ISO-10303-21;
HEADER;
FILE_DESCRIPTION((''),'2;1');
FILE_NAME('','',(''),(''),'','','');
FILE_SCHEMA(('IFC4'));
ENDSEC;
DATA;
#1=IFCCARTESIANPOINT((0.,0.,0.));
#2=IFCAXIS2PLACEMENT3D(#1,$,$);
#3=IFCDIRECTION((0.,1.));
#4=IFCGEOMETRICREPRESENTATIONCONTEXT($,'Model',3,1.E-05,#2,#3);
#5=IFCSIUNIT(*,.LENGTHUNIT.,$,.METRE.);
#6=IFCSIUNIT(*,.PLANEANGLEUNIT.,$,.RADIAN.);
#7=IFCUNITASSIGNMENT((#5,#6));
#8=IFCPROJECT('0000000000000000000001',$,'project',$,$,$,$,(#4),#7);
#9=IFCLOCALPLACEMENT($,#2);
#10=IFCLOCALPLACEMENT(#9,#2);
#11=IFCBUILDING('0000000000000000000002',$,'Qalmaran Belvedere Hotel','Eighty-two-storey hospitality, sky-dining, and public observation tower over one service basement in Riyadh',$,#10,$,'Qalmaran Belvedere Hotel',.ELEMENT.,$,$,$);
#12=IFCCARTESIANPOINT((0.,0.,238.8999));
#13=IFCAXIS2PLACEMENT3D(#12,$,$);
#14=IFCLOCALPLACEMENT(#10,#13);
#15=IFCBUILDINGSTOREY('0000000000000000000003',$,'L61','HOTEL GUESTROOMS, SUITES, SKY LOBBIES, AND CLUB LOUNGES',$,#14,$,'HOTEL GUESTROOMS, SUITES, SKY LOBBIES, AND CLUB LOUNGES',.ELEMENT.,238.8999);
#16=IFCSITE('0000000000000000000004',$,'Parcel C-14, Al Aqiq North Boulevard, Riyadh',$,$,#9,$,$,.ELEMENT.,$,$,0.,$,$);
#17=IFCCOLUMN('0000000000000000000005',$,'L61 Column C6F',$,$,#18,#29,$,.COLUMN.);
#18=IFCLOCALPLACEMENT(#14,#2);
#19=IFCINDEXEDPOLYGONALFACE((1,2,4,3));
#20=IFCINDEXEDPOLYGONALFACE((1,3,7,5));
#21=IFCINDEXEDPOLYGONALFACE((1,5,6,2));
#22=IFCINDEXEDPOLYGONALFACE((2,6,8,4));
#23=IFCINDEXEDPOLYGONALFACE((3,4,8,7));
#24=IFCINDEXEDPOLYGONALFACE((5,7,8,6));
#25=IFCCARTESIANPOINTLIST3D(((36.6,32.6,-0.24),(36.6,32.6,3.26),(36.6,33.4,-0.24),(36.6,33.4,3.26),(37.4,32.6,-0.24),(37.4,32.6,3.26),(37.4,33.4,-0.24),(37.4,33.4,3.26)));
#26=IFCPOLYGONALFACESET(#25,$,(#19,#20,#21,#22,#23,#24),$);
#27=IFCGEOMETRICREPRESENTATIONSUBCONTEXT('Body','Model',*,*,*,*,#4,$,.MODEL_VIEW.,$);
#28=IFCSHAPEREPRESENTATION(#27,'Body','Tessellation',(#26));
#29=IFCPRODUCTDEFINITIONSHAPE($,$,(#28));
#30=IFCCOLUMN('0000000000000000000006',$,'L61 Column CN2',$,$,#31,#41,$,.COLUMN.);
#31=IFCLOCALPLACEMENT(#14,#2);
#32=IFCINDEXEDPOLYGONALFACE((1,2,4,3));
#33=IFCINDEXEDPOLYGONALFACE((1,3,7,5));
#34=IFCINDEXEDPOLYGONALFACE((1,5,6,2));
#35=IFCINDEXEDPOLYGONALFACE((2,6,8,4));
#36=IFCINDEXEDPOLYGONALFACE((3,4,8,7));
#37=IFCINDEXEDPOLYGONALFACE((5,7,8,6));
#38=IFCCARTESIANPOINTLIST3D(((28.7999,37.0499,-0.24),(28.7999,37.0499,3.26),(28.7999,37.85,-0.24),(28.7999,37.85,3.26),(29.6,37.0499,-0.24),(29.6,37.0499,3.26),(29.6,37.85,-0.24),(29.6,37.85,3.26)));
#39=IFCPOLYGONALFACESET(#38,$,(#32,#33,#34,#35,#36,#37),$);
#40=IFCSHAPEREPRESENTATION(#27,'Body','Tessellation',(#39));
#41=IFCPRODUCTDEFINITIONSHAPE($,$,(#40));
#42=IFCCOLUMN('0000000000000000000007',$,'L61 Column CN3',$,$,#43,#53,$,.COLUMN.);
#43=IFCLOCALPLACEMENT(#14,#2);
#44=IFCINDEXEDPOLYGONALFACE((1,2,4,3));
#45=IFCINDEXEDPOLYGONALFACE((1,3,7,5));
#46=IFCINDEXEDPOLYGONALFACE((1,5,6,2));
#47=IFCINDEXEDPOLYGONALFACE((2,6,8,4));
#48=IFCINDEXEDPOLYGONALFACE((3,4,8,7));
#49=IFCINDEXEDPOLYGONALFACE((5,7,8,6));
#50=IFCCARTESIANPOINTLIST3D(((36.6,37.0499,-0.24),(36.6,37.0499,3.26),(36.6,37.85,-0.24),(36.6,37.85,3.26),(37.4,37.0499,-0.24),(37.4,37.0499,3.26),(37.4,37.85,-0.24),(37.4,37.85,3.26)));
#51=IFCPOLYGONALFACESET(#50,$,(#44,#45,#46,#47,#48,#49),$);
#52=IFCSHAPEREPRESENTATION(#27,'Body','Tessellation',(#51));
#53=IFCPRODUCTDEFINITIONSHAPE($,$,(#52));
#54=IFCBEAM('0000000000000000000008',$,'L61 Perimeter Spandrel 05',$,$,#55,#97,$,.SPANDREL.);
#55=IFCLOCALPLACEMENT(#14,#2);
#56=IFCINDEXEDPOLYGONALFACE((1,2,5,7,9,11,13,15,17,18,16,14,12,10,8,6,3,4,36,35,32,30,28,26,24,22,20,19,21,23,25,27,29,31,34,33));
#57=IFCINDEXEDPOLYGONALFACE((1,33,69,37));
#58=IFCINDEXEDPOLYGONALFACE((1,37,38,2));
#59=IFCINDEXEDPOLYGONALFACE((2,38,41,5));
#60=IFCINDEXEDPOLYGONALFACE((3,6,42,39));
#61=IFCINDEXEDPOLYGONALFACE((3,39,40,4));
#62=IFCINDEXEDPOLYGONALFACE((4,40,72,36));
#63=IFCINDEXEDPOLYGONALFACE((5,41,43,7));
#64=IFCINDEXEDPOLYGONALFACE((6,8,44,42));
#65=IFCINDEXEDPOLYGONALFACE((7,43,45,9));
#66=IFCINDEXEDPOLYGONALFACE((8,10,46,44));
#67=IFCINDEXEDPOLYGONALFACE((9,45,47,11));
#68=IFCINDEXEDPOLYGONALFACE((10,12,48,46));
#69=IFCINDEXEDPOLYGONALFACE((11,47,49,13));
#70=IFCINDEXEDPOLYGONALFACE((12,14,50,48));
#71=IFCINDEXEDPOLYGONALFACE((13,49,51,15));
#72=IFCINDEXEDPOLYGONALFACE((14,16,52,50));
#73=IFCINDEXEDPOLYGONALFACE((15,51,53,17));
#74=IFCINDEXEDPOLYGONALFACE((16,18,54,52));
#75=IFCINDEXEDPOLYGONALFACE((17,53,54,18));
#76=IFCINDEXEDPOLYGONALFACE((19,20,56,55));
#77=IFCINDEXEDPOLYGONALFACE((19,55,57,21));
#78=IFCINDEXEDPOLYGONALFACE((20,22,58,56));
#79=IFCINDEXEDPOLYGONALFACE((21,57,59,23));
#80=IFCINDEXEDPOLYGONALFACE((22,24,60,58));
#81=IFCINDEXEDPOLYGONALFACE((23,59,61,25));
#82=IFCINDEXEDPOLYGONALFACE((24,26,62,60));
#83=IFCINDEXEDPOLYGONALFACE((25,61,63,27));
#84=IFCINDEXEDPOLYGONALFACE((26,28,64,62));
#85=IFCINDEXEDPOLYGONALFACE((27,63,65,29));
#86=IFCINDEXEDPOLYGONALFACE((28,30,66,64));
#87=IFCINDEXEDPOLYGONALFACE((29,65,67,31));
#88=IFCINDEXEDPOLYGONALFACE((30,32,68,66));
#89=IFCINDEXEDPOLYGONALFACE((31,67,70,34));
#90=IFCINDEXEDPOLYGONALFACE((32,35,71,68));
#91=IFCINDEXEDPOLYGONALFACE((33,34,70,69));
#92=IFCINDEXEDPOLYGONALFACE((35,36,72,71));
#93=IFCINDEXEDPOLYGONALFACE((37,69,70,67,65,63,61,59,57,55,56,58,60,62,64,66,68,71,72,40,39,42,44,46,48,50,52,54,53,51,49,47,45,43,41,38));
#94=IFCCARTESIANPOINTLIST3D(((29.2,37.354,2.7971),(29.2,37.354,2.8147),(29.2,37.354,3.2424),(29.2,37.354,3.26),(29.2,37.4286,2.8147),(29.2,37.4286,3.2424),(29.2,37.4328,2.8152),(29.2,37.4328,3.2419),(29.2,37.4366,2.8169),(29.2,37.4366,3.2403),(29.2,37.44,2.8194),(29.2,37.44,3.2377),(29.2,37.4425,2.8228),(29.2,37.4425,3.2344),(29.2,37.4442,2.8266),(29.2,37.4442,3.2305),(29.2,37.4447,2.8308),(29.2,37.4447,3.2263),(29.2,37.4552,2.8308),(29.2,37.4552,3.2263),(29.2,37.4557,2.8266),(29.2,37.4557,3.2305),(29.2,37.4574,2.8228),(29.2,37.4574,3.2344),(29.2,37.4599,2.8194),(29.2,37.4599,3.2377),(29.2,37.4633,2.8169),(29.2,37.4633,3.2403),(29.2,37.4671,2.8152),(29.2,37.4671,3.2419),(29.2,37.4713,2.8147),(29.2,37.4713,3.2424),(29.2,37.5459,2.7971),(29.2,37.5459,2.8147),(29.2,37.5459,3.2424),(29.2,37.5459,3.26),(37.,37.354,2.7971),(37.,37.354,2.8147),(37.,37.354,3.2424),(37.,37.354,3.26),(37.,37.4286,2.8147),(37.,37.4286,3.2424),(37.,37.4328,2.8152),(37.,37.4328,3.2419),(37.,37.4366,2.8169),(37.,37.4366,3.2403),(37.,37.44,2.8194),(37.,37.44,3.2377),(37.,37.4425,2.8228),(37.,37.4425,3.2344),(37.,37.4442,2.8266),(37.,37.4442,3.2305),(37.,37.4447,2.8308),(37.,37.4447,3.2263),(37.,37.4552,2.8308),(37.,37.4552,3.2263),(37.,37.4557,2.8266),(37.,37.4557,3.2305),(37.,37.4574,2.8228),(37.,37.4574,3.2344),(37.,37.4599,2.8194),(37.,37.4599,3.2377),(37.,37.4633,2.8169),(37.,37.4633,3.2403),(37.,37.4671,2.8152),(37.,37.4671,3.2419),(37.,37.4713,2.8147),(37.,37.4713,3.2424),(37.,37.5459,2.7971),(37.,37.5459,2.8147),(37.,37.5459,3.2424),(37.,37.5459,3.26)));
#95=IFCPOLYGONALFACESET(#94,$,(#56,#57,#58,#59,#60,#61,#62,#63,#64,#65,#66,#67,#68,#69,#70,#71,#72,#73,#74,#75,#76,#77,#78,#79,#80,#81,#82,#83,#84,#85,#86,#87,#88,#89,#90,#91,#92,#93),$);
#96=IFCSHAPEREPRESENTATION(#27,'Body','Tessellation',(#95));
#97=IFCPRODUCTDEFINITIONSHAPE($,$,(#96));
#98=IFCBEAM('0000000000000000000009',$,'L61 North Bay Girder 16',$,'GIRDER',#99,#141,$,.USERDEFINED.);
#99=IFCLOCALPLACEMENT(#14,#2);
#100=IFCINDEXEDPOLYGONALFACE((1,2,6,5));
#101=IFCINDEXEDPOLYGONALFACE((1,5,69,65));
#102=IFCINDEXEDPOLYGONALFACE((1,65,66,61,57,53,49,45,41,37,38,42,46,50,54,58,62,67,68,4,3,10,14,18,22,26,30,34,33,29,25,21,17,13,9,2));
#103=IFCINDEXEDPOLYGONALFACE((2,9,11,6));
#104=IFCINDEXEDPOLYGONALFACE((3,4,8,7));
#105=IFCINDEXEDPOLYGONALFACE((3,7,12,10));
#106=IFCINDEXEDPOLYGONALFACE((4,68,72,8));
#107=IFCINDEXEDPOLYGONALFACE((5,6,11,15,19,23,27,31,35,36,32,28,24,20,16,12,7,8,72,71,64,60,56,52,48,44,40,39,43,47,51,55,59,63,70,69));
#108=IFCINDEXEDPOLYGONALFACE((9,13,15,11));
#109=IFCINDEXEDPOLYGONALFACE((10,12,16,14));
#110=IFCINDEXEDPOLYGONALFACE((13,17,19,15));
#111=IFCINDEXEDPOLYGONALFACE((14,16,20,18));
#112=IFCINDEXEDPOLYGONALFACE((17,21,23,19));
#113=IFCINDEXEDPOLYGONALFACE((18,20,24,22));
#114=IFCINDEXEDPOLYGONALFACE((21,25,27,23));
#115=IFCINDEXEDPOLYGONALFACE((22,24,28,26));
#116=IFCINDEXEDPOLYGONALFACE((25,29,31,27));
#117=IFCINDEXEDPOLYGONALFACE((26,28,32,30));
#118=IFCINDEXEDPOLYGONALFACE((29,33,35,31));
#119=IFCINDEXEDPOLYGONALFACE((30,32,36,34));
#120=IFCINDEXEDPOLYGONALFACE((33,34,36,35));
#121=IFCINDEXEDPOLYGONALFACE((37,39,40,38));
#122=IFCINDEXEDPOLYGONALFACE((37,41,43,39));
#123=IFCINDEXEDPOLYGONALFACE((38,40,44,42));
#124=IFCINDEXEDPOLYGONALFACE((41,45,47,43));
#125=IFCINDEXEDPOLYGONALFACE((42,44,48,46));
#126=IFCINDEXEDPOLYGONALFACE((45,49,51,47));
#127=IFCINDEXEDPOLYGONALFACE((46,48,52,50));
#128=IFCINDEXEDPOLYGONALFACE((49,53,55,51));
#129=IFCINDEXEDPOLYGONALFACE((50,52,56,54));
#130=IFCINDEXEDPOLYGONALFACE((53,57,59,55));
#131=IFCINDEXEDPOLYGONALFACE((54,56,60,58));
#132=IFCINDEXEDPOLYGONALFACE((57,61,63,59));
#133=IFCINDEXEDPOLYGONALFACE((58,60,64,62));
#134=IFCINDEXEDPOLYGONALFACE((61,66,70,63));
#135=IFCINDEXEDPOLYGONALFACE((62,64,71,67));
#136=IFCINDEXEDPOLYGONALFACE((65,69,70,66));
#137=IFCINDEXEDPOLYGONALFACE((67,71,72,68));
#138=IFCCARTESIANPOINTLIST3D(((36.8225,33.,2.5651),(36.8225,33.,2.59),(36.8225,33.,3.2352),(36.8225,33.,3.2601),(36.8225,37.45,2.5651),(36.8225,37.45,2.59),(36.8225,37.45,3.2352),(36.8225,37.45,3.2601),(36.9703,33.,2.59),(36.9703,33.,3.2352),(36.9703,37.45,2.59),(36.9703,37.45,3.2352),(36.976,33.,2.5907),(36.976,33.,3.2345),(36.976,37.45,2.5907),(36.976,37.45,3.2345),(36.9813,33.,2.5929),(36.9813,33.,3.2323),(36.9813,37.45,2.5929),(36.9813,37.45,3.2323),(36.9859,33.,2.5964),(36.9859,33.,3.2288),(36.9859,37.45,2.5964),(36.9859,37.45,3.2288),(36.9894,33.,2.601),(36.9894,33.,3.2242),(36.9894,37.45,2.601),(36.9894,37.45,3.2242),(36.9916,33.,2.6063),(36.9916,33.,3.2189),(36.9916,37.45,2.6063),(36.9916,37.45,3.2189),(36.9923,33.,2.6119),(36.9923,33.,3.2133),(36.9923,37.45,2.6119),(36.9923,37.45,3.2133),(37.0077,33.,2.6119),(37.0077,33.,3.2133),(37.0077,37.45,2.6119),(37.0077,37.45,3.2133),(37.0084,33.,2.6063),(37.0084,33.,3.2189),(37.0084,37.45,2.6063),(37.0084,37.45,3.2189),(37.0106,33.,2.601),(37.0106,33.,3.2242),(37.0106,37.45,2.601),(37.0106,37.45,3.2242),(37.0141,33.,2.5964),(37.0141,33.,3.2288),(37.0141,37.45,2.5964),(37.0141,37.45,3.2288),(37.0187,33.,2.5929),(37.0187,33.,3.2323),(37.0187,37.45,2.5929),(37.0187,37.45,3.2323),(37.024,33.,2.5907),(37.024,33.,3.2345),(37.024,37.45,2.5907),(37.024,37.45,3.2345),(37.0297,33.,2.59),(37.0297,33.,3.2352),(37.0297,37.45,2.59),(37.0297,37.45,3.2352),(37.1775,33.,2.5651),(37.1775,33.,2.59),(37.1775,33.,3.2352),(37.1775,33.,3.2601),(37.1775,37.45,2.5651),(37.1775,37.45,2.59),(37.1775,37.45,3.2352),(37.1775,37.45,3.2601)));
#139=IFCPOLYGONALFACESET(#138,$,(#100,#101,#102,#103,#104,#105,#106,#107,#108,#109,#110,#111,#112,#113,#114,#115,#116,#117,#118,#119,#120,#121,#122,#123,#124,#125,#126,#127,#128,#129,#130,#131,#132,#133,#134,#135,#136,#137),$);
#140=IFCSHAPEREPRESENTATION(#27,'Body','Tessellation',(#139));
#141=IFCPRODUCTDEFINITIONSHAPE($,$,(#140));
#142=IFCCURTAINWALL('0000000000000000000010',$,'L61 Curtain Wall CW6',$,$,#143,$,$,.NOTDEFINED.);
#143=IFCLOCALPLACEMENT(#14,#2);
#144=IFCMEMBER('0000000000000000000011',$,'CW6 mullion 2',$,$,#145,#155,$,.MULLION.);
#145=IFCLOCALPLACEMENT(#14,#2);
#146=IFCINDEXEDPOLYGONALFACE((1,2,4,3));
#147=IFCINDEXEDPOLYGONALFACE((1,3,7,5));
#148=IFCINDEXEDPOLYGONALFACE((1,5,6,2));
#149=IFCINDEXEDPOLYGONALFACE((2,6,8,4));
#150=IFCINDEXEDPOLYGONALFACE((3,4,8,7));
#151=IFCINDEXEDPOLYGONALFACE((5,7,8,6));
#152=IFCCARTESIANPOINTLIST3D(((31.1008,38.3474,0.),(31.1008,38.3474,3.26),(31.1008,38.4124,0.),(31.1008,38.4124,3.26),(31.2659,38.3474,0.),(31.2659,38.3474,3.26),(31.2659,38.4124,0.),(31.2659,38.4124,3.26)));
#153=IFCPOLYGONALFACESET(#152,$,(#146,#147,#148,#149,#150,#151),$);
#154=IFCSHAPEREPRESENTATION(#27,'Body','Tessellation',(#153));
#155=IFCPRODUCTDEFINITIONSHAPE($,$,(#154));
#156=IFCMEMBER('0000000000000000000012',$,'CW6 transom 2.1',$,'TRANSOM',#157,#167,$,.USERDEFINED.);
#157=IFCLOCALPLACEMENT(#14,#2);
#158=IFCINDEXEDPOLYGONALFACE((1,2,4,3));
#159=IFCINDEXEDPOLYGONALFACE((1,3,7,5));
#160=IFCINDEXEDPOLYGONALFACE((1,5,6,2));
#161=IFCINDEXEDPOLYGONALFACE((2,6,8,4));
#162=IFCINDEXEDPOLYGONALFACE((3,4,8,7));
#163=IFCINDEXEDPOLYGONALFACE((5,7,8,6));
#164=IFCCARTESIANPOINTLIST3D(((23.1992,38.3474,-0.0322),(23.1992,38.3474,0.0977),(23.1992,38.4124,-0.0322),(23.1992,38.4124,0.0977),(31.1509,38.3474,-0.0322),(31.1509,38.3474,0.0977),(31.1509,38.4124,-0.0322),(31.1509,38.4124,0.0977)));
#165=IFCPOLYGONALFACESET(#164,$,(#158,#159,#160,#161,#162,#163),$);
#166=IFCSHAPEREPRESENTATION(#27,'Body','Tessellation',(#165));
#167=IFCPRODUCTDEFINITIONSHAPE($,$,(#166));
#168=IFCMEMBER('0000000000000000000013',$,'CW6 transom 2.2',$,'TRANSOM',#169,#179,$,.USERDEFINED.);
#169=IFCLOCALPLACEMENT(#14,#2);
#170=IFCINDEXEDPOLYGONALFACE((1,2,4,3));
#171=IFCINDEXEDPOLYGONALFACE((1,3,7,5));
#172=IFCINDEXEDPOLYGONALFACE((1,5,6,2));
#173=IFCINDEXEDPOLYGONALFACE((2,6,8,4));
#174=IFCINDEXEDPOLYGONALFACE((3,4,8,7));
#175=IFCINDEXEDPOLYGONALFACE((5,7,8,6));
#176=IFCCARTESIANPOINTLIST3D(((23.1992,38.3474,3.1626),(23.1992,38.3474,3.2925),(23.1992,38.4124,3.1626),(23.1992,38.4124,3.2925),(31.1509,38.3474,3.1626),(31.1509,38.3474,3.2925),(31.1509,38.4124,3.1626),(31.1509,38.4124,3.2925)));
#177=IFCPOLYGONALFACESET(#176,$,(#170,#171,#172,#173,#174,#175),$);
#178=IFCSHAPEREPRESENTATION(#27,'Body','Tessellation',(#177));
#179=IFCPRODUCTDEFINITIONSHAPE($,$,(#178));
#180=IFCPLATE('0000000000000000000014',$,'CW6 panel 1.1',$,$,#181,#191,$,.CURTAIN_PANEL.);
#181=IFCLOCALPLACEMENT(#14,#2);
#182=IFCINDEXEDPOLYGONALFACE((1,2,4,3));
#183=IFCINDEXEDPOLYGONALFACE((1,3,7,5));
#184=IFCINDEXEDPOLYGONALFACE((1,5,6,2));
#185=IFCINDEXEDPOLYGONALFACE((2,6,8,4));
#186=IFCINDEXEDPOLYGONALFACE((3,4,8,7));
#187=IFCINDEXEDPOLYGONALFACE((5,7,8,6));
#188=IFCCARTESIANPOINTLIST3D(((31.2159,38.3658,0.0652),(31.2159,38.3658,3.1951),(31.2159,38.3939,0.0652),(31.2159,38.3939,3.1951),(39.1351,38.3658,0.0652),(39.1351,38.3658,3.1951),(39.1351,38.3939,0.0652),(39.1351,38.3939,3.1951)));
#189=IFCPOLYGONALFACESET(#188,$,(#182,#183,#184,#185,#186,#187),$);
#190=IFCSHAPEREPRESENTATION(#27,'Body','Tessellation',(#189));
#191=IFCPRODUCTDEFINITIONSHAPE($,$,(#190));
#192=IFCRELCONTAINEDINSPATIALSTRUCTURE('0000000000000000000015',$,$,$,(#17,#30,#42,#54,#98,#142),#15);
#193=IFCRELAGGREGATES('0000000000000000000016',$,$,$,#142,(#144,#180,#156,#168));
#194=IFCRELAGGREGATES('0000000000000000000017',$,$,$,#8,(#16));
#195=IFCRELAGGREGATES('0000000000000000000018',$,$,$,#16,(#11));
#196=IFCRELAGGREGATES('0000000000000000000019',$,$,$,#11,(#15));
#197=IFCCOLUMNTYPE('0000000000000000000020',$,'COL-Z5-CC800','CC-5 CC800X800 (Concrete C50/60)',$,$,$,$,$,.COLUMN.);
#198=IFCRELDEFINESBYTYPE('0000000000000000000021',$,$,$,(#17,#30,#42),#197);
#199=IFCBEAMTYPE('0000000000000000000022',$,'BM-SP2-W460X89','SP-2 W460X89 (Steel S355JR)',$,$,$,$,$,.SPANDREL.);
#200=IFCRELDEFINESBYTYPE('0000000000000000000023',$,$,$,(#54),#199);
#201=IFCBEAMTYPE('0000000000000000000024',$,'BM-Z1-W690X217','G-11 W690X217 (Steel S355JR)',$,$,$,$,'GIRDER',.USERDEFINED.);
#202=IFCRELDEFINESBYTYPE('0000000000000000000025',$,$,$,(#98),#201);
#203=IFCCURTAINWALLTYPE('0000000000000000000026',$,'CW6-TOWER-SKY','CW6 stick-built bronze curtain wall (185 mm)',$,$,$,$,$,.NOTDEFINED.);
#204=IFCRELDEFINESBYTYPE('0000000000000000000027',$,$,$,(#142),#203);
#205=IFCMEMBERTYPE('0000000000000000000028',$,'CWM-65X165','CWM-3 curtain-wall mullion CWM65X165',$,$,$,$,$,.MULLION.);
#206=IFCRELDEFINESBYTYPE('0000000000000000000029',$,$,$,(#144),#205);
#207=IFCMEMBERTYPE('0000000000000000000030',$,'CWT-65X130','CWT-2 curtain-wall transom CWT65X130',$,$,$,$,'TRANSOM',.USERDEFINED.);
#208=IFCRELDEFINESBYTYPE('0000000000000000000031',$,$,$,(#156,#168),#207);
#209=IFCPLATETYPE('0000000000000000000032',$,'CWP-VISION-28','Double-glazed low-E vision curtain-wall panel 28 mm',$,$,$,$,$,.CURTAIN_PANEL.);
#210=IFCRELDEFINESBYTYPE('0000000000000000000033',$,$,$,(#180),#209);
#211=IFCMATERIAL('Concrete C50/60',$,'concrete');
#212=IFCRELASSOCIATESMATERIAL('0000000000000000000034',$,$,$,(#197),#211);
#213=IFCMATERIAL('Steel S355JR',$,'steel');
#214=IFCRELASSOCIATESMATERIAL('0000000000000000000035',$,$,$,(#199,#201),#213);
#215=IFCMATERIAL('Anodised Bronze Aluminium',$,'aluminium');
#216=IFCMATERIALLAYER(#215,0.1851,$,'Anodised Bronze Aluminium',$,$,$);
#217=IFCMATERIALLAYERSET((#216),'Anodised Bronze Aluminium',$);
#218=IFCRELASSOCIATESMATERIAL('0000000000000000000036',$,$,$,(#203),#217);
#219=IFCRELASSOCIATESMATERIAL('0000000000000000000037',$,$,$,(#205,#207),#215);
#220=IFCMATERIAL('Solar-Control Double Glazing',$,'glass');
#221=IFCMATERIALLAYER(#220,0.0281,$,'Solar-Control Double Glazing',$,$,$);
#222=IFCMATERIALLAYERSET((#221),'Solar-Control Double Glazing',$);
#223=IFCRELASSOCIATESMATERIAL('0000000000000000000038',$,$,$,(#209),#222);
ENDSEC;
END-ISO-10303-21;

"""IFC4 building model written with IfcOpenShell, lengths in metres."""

from ifc_helpers import new_model, si_unit, direction, frame, origin, origin_2d, place, context, subcontext, project, spatial, rectangle, i_section, extrude, material, layer, layer_set, material_profile, profile_set, type_object, element, aggregate, save


model = new_model("IFC4")

# Units and contexts
model_context = context("Model", 3, precision=1e-05, world=origin(), true_north=direction((0.0, 1.0)))
body_context = subcontext(model_context, "Body", "Model", "MODEL_VIEW")
ifc_project = project(units=[si_unit("LENGTHUNIT", "METRE"), si_unit("PLANEANGLEUNIT", "RADIAN")], contexts=[model_context])

# Site, building, storey
site_placement = place(None, origin())
site = spatial("IfcSite", under=ifc_project, at=site_placement, Name="Parcel C-14, Al Aqiq North Boulevard, Riyadh", CompositionType="ELEMENT", RefElevation=0.0)
building_placement = place(site_placement, origin())
building = spatial("IfcBuilding", under=site, at=building_placement, Name="Qalmaran Belvedere Hotel", Description="Eighty-two-storey hospitality, sky-dining, and public observation tower over one service basement in Riyadh", LongName="Qalmaran Belvedere Hotel", CompositionType="ELEMENT")
storey_placement = place(building_placement, frame((0.0, 0.0, 238.8999)))
storey = spatial("IfcBuildingStorey", under=building, at=storey_placement, Name="L61", Description="HOTEL GUESTROOMS, SUITES, SKY LOBBIES, AND CLUB LOUNGES", LongName="HOTEL GUESTROOMS, SUITES, SKY LOBBIES, AND CLUB LOUNGES", CompositionType="ELEMENT", Elevation=238.8999)

# Columns
ifc_material_1 = material(Name="Concrete C50/60", Category="concrete")
ifc_material_profile_1 = material_profile(ifc_material_1, rectangle(XDim=0.8, YDim=0.8, at=origin_2d()), Name="CC800X800")
ifc_profile_set_1 = profile_set([ifc_material_profile_1], Name="Concrete C50/60")
column_type = type_object("IfcColumnType", Name="COL-Z5-CC800", Description="CC-5 CC800X800 (Concrete C50/60)", PredefinedType="COLUMN", material=ifc_profile_set_1)
for number, where, z_axis, x_axis, name in (
    (1, (37.0, 33.0, -0.24), (0.0, 0.0, 1.0), (1.0, 0.0, 0.0), "L61 Column C6F"),
    (2, (29.2, 37.45, -0.24), (0.0, 0.0, 1.0), (1.0, 0.0, 0.0), "L61 Column CN2"),
    (3, (37.0, 37.45, -0.24), (0.0, 0.0, 1.0), (1.0, 0.0, 0.0), "L61 Column CN3"),
):
    element("IfcColumn", number, at=place(storey_placement, frame(where, z_axis=z_axis, x_axis=x_axis)), inside=storey, type_object=column_type, Name=name, PredefinedType="COLUMN", context=body_context, shape_type="SweptSolid", body=[
        extrude(rectangle(XDim=0.8, YDim=0.8, at=origin_2d()), origin(), (0.0, 0.0, 1.0), 3.5),
    ])

# Beams
ifc_material_2 = material(Name="Steel S355JR", Category="steel")
ifc_material_profile_2 = material_profile(ifc_material_2, i_section(OverallWidth=0.1919, OverallDepth=0.4629, WebThickness=0.0105, FlangeThickness=0.0176, FilletRadius=0.0161, at=origin_2d()), Name="W460X89")
ifc_profile_set_2 = profile_set([ifc_material_profile_2], Name="Steel S355JR")
beam_type_1 = type_object("IfcBeamType", Name="BM-SP2-W460X89", Description="SP-2 W460X89 (Steel S355JR)", PredefinedType="SPANDREL", material=ifc_profile_set_2)
beam_1_placement = place(storey_placement, frame((29.2, 37.45, 3.0286), z_axis=(1.0, 0.0, 0.0), x_axis=(0.0, 1.0, 0.0)))
element("IfcBeam", 4, at=beam_1_placement, inside=storey, type_object=beam_type_1, Name="L61 Perimeter Spandrel 05", PredefinedType="SPANDREL", context=body_context, shape_type="SweptSolid", body=[
    extrude(i_section(OverallWidth=0.1919, OverallDepth=0.4629, WebThickness=0.0105, FlangeThickness=0.0176, FilletRadius=0.0161, at=origin_2d()), origin(), (0.0, 0.0, 1.0), 7.8),
])
ifc_material_profile_3 = material_profile(ifc_material_2, i_section(OverallWidth=0.355, OverallDepth=0.6951, WebThickness=0.0154, FlangeThickness=0.0249, FilletRadius=0.022, at=origin_2d()), Name="W690X217")
ifc_profile_set_3 = profile_set([ifc_material_profile_3], Name="Steel S355JR")
beam_type_2 = type_object("IfcBeamType", Name="BM-Z1-W690X217", Description="G-11 W690X217 (Steel S355JR)", ElementType="GIRDER", PredefinedType="USERDEFINED", material=ifc_profile_set_3)
beam_2_placement = place(storey_placement, frame((37.0, 33.0, 2.9126), z_axis=(0.0, 1.0, 0.0), x_axis=(-1.0, 0.0, 0.0)))
element("IfcBeam", 5, at=beam_2_placement, inside=storey, type_object=beam_type_2, Name="L61 North Bay Girder 16", ObjectType="GIRDER", PredefinedType="USERDEFINED", context=body_context, shape_type="SweptSolid", body=[
    extrude(i_section(OverallWidth=0.355, OverallDepth=0.6951, WebThickness=0.0154, FlangeThickness=0.0249, FilletRadius=0.022, at=origin_2d()), origin(), (0.0, 0.0, 1.0), 4.45),
])

# Curtain wall, members, plate
ifc_material_3 = material(Name="Anodised Bronze Aluminium", Category="aluminium")
ifc_layer_1 = layer(ifc_material_3, 0.1851, Name="Anodised Bronze Aluminium")
ifc_layer_set_1 = layer_set([ifc_layer_1], Name="Anodised Bronze Aluminium")
curtain_wall_type = type_object("IfcCurtainWallType", Name="CW6-TOWER-SKY", Description="CW6 stick-built bronze curtain wall (185 mm)", PredefinedType="NOTDEFINED", material=ifc_layer_set_1)
curtain_wall_placement = place(storey_placement, origin())
curtain_wall = element("IfcCurtainWall", 6, at=curtain_wall_placement, inside=storey, type_object=curtain_wall_type, Name="L61 Curtain Wall CW6", PredefinedType="NOTDEFINED")
ifc_material_profile_4 = material_profile(ifc_material_3, rectangle(XDim=0.0649, YDim=0.165, at=origin_2d()), Name="CWM65X165")
ifc_profile_set_4 = profile_set([ifc_material_profile_4], Name="Anodised Bronze Aluminium")
member_type_1 = type_object("IfcMemberType", Name="CWM-65X165", Description="CWM-3 curtain-wall mullion CWM65X165", PredefinedType="MULLION", material=ifc_profile_set_4)
member_1_placement = place(storey_placement, frame((31.1833, 38.3799, 0.0), z_axis=(0.0, 0.0, 1.0), x_axis=(0.0, -1.0, 0.0)))
member_1 = element("IfcMember", 7, at=member_1_placement, type_object=member_type_1, Name="CW6 mullion 2", PredefinedType="MULLION", context=body_context, shape_type="SweptSolid", body=[
    extrude(rectangle(XDim=0.0649, YDim=0.165, at=origin_2d()), origin(), (0.0, 0.0, 1.0), 3.26),
])
ifc_material_profile_5 = material_profile(ifc_material_3, rectangle(XDim=0.0649, YDim=0.1299, at=origin_2d()), Name="CWT65X130")
ifc_profile_set_5 = profile_set([ifc_material_profile_5], Name="Anodised Bronze Aluminium")
member_type_2 = type_object("IfcMemberType", Name="CWT-65X130", Description="CWT-2 curtain-wall transom CWT65X130", ElementType="TRANSOM", PredefinedType="USERDEFINED", material=ifc_profile_set_5)
member_2_placement = place(storey_placement, frame((31.1509, 38.3799, 0.0327), z_axis=(-1.0, 0.0, 0.0), x_axis=(0.0, -1.0, 0.0)))
member_2 = element("IfcMember", 8, at=member_2_placement, type_object=member_type_2, Name="CW6 transom 2.1", ObjectType="TRANSOM", PredefinedType="USERDEFINED", context=body_context, shape_type="SweptSolid", body=[
    extrude(rectangle(XDim=0.0649, YDim=0.1299, at=origin_2d()), origin(), (0.0, 0.0, 1.0), 7.9517),
])
member_3_placement = place(storey_placement, frame((31.1509, 38.3799, 3.2275), z_axis=(-1.0, 0.0, 0.0), x_axis=(0.0, -1.0, 0.0)))
member_3 = element("IfcMember", 9, at=member_3_placement, type_object=member_type_2, Name="CW6 transom 2.2", ObjectType="TRANSOM", PredefinedType="USERDEFINED", context=body_context, shape_type="SweptSolid", body=[
    extrude(rectangle(XDim=0.0649, YDim=0.1299, at=origin_2d()), origin(), (0.0, 0.0, 1.0), 7.9517),
])
ifc_material_4 = material(Name="Solar-Control Double Glazing", Category="glass")
ifc_layer_2 = layer(ifc_material_4, 0.0281, Name="Solar-Control Double Glazing")
ifc_layer_set_2 = layer_set([ifc_layer_2], Name="Solar-Control Double Glazing")
plate_type = type_object("IfcPlateType", Name="CWP-VISION-28", Description="Double-glazed low-E vision curtain-wall panel 28 mm", PredefinedType="CURTAIN_PANEL", material=ifc_layer_set_2)
plate_1_placement = place(storey_placement, frame((35.1755, 38.3799, 0.0652), z_axis=(0.0, 0.0, 1.0), x_axis=(-1.0, 0.0, 0.0)))
plate_1 = element("IfcPlate", 10, at=plate_1_placement, type_object=plate_type, Name="CW6 panel 1.1", PredefinedType="CURTAIN_PANEL", context=body_context, shape_type="SweptSolid", body=[
    extrude(rectangle(XDim=7.9192, YDim=0.0281, at=origin_2d()), origin(), (0.0, 0.0, 1.0), 3.1299),
])
aggregate(curtain_wall, [member_1, plate_1, member_2, member_3])

save(model, "model.ifc")
